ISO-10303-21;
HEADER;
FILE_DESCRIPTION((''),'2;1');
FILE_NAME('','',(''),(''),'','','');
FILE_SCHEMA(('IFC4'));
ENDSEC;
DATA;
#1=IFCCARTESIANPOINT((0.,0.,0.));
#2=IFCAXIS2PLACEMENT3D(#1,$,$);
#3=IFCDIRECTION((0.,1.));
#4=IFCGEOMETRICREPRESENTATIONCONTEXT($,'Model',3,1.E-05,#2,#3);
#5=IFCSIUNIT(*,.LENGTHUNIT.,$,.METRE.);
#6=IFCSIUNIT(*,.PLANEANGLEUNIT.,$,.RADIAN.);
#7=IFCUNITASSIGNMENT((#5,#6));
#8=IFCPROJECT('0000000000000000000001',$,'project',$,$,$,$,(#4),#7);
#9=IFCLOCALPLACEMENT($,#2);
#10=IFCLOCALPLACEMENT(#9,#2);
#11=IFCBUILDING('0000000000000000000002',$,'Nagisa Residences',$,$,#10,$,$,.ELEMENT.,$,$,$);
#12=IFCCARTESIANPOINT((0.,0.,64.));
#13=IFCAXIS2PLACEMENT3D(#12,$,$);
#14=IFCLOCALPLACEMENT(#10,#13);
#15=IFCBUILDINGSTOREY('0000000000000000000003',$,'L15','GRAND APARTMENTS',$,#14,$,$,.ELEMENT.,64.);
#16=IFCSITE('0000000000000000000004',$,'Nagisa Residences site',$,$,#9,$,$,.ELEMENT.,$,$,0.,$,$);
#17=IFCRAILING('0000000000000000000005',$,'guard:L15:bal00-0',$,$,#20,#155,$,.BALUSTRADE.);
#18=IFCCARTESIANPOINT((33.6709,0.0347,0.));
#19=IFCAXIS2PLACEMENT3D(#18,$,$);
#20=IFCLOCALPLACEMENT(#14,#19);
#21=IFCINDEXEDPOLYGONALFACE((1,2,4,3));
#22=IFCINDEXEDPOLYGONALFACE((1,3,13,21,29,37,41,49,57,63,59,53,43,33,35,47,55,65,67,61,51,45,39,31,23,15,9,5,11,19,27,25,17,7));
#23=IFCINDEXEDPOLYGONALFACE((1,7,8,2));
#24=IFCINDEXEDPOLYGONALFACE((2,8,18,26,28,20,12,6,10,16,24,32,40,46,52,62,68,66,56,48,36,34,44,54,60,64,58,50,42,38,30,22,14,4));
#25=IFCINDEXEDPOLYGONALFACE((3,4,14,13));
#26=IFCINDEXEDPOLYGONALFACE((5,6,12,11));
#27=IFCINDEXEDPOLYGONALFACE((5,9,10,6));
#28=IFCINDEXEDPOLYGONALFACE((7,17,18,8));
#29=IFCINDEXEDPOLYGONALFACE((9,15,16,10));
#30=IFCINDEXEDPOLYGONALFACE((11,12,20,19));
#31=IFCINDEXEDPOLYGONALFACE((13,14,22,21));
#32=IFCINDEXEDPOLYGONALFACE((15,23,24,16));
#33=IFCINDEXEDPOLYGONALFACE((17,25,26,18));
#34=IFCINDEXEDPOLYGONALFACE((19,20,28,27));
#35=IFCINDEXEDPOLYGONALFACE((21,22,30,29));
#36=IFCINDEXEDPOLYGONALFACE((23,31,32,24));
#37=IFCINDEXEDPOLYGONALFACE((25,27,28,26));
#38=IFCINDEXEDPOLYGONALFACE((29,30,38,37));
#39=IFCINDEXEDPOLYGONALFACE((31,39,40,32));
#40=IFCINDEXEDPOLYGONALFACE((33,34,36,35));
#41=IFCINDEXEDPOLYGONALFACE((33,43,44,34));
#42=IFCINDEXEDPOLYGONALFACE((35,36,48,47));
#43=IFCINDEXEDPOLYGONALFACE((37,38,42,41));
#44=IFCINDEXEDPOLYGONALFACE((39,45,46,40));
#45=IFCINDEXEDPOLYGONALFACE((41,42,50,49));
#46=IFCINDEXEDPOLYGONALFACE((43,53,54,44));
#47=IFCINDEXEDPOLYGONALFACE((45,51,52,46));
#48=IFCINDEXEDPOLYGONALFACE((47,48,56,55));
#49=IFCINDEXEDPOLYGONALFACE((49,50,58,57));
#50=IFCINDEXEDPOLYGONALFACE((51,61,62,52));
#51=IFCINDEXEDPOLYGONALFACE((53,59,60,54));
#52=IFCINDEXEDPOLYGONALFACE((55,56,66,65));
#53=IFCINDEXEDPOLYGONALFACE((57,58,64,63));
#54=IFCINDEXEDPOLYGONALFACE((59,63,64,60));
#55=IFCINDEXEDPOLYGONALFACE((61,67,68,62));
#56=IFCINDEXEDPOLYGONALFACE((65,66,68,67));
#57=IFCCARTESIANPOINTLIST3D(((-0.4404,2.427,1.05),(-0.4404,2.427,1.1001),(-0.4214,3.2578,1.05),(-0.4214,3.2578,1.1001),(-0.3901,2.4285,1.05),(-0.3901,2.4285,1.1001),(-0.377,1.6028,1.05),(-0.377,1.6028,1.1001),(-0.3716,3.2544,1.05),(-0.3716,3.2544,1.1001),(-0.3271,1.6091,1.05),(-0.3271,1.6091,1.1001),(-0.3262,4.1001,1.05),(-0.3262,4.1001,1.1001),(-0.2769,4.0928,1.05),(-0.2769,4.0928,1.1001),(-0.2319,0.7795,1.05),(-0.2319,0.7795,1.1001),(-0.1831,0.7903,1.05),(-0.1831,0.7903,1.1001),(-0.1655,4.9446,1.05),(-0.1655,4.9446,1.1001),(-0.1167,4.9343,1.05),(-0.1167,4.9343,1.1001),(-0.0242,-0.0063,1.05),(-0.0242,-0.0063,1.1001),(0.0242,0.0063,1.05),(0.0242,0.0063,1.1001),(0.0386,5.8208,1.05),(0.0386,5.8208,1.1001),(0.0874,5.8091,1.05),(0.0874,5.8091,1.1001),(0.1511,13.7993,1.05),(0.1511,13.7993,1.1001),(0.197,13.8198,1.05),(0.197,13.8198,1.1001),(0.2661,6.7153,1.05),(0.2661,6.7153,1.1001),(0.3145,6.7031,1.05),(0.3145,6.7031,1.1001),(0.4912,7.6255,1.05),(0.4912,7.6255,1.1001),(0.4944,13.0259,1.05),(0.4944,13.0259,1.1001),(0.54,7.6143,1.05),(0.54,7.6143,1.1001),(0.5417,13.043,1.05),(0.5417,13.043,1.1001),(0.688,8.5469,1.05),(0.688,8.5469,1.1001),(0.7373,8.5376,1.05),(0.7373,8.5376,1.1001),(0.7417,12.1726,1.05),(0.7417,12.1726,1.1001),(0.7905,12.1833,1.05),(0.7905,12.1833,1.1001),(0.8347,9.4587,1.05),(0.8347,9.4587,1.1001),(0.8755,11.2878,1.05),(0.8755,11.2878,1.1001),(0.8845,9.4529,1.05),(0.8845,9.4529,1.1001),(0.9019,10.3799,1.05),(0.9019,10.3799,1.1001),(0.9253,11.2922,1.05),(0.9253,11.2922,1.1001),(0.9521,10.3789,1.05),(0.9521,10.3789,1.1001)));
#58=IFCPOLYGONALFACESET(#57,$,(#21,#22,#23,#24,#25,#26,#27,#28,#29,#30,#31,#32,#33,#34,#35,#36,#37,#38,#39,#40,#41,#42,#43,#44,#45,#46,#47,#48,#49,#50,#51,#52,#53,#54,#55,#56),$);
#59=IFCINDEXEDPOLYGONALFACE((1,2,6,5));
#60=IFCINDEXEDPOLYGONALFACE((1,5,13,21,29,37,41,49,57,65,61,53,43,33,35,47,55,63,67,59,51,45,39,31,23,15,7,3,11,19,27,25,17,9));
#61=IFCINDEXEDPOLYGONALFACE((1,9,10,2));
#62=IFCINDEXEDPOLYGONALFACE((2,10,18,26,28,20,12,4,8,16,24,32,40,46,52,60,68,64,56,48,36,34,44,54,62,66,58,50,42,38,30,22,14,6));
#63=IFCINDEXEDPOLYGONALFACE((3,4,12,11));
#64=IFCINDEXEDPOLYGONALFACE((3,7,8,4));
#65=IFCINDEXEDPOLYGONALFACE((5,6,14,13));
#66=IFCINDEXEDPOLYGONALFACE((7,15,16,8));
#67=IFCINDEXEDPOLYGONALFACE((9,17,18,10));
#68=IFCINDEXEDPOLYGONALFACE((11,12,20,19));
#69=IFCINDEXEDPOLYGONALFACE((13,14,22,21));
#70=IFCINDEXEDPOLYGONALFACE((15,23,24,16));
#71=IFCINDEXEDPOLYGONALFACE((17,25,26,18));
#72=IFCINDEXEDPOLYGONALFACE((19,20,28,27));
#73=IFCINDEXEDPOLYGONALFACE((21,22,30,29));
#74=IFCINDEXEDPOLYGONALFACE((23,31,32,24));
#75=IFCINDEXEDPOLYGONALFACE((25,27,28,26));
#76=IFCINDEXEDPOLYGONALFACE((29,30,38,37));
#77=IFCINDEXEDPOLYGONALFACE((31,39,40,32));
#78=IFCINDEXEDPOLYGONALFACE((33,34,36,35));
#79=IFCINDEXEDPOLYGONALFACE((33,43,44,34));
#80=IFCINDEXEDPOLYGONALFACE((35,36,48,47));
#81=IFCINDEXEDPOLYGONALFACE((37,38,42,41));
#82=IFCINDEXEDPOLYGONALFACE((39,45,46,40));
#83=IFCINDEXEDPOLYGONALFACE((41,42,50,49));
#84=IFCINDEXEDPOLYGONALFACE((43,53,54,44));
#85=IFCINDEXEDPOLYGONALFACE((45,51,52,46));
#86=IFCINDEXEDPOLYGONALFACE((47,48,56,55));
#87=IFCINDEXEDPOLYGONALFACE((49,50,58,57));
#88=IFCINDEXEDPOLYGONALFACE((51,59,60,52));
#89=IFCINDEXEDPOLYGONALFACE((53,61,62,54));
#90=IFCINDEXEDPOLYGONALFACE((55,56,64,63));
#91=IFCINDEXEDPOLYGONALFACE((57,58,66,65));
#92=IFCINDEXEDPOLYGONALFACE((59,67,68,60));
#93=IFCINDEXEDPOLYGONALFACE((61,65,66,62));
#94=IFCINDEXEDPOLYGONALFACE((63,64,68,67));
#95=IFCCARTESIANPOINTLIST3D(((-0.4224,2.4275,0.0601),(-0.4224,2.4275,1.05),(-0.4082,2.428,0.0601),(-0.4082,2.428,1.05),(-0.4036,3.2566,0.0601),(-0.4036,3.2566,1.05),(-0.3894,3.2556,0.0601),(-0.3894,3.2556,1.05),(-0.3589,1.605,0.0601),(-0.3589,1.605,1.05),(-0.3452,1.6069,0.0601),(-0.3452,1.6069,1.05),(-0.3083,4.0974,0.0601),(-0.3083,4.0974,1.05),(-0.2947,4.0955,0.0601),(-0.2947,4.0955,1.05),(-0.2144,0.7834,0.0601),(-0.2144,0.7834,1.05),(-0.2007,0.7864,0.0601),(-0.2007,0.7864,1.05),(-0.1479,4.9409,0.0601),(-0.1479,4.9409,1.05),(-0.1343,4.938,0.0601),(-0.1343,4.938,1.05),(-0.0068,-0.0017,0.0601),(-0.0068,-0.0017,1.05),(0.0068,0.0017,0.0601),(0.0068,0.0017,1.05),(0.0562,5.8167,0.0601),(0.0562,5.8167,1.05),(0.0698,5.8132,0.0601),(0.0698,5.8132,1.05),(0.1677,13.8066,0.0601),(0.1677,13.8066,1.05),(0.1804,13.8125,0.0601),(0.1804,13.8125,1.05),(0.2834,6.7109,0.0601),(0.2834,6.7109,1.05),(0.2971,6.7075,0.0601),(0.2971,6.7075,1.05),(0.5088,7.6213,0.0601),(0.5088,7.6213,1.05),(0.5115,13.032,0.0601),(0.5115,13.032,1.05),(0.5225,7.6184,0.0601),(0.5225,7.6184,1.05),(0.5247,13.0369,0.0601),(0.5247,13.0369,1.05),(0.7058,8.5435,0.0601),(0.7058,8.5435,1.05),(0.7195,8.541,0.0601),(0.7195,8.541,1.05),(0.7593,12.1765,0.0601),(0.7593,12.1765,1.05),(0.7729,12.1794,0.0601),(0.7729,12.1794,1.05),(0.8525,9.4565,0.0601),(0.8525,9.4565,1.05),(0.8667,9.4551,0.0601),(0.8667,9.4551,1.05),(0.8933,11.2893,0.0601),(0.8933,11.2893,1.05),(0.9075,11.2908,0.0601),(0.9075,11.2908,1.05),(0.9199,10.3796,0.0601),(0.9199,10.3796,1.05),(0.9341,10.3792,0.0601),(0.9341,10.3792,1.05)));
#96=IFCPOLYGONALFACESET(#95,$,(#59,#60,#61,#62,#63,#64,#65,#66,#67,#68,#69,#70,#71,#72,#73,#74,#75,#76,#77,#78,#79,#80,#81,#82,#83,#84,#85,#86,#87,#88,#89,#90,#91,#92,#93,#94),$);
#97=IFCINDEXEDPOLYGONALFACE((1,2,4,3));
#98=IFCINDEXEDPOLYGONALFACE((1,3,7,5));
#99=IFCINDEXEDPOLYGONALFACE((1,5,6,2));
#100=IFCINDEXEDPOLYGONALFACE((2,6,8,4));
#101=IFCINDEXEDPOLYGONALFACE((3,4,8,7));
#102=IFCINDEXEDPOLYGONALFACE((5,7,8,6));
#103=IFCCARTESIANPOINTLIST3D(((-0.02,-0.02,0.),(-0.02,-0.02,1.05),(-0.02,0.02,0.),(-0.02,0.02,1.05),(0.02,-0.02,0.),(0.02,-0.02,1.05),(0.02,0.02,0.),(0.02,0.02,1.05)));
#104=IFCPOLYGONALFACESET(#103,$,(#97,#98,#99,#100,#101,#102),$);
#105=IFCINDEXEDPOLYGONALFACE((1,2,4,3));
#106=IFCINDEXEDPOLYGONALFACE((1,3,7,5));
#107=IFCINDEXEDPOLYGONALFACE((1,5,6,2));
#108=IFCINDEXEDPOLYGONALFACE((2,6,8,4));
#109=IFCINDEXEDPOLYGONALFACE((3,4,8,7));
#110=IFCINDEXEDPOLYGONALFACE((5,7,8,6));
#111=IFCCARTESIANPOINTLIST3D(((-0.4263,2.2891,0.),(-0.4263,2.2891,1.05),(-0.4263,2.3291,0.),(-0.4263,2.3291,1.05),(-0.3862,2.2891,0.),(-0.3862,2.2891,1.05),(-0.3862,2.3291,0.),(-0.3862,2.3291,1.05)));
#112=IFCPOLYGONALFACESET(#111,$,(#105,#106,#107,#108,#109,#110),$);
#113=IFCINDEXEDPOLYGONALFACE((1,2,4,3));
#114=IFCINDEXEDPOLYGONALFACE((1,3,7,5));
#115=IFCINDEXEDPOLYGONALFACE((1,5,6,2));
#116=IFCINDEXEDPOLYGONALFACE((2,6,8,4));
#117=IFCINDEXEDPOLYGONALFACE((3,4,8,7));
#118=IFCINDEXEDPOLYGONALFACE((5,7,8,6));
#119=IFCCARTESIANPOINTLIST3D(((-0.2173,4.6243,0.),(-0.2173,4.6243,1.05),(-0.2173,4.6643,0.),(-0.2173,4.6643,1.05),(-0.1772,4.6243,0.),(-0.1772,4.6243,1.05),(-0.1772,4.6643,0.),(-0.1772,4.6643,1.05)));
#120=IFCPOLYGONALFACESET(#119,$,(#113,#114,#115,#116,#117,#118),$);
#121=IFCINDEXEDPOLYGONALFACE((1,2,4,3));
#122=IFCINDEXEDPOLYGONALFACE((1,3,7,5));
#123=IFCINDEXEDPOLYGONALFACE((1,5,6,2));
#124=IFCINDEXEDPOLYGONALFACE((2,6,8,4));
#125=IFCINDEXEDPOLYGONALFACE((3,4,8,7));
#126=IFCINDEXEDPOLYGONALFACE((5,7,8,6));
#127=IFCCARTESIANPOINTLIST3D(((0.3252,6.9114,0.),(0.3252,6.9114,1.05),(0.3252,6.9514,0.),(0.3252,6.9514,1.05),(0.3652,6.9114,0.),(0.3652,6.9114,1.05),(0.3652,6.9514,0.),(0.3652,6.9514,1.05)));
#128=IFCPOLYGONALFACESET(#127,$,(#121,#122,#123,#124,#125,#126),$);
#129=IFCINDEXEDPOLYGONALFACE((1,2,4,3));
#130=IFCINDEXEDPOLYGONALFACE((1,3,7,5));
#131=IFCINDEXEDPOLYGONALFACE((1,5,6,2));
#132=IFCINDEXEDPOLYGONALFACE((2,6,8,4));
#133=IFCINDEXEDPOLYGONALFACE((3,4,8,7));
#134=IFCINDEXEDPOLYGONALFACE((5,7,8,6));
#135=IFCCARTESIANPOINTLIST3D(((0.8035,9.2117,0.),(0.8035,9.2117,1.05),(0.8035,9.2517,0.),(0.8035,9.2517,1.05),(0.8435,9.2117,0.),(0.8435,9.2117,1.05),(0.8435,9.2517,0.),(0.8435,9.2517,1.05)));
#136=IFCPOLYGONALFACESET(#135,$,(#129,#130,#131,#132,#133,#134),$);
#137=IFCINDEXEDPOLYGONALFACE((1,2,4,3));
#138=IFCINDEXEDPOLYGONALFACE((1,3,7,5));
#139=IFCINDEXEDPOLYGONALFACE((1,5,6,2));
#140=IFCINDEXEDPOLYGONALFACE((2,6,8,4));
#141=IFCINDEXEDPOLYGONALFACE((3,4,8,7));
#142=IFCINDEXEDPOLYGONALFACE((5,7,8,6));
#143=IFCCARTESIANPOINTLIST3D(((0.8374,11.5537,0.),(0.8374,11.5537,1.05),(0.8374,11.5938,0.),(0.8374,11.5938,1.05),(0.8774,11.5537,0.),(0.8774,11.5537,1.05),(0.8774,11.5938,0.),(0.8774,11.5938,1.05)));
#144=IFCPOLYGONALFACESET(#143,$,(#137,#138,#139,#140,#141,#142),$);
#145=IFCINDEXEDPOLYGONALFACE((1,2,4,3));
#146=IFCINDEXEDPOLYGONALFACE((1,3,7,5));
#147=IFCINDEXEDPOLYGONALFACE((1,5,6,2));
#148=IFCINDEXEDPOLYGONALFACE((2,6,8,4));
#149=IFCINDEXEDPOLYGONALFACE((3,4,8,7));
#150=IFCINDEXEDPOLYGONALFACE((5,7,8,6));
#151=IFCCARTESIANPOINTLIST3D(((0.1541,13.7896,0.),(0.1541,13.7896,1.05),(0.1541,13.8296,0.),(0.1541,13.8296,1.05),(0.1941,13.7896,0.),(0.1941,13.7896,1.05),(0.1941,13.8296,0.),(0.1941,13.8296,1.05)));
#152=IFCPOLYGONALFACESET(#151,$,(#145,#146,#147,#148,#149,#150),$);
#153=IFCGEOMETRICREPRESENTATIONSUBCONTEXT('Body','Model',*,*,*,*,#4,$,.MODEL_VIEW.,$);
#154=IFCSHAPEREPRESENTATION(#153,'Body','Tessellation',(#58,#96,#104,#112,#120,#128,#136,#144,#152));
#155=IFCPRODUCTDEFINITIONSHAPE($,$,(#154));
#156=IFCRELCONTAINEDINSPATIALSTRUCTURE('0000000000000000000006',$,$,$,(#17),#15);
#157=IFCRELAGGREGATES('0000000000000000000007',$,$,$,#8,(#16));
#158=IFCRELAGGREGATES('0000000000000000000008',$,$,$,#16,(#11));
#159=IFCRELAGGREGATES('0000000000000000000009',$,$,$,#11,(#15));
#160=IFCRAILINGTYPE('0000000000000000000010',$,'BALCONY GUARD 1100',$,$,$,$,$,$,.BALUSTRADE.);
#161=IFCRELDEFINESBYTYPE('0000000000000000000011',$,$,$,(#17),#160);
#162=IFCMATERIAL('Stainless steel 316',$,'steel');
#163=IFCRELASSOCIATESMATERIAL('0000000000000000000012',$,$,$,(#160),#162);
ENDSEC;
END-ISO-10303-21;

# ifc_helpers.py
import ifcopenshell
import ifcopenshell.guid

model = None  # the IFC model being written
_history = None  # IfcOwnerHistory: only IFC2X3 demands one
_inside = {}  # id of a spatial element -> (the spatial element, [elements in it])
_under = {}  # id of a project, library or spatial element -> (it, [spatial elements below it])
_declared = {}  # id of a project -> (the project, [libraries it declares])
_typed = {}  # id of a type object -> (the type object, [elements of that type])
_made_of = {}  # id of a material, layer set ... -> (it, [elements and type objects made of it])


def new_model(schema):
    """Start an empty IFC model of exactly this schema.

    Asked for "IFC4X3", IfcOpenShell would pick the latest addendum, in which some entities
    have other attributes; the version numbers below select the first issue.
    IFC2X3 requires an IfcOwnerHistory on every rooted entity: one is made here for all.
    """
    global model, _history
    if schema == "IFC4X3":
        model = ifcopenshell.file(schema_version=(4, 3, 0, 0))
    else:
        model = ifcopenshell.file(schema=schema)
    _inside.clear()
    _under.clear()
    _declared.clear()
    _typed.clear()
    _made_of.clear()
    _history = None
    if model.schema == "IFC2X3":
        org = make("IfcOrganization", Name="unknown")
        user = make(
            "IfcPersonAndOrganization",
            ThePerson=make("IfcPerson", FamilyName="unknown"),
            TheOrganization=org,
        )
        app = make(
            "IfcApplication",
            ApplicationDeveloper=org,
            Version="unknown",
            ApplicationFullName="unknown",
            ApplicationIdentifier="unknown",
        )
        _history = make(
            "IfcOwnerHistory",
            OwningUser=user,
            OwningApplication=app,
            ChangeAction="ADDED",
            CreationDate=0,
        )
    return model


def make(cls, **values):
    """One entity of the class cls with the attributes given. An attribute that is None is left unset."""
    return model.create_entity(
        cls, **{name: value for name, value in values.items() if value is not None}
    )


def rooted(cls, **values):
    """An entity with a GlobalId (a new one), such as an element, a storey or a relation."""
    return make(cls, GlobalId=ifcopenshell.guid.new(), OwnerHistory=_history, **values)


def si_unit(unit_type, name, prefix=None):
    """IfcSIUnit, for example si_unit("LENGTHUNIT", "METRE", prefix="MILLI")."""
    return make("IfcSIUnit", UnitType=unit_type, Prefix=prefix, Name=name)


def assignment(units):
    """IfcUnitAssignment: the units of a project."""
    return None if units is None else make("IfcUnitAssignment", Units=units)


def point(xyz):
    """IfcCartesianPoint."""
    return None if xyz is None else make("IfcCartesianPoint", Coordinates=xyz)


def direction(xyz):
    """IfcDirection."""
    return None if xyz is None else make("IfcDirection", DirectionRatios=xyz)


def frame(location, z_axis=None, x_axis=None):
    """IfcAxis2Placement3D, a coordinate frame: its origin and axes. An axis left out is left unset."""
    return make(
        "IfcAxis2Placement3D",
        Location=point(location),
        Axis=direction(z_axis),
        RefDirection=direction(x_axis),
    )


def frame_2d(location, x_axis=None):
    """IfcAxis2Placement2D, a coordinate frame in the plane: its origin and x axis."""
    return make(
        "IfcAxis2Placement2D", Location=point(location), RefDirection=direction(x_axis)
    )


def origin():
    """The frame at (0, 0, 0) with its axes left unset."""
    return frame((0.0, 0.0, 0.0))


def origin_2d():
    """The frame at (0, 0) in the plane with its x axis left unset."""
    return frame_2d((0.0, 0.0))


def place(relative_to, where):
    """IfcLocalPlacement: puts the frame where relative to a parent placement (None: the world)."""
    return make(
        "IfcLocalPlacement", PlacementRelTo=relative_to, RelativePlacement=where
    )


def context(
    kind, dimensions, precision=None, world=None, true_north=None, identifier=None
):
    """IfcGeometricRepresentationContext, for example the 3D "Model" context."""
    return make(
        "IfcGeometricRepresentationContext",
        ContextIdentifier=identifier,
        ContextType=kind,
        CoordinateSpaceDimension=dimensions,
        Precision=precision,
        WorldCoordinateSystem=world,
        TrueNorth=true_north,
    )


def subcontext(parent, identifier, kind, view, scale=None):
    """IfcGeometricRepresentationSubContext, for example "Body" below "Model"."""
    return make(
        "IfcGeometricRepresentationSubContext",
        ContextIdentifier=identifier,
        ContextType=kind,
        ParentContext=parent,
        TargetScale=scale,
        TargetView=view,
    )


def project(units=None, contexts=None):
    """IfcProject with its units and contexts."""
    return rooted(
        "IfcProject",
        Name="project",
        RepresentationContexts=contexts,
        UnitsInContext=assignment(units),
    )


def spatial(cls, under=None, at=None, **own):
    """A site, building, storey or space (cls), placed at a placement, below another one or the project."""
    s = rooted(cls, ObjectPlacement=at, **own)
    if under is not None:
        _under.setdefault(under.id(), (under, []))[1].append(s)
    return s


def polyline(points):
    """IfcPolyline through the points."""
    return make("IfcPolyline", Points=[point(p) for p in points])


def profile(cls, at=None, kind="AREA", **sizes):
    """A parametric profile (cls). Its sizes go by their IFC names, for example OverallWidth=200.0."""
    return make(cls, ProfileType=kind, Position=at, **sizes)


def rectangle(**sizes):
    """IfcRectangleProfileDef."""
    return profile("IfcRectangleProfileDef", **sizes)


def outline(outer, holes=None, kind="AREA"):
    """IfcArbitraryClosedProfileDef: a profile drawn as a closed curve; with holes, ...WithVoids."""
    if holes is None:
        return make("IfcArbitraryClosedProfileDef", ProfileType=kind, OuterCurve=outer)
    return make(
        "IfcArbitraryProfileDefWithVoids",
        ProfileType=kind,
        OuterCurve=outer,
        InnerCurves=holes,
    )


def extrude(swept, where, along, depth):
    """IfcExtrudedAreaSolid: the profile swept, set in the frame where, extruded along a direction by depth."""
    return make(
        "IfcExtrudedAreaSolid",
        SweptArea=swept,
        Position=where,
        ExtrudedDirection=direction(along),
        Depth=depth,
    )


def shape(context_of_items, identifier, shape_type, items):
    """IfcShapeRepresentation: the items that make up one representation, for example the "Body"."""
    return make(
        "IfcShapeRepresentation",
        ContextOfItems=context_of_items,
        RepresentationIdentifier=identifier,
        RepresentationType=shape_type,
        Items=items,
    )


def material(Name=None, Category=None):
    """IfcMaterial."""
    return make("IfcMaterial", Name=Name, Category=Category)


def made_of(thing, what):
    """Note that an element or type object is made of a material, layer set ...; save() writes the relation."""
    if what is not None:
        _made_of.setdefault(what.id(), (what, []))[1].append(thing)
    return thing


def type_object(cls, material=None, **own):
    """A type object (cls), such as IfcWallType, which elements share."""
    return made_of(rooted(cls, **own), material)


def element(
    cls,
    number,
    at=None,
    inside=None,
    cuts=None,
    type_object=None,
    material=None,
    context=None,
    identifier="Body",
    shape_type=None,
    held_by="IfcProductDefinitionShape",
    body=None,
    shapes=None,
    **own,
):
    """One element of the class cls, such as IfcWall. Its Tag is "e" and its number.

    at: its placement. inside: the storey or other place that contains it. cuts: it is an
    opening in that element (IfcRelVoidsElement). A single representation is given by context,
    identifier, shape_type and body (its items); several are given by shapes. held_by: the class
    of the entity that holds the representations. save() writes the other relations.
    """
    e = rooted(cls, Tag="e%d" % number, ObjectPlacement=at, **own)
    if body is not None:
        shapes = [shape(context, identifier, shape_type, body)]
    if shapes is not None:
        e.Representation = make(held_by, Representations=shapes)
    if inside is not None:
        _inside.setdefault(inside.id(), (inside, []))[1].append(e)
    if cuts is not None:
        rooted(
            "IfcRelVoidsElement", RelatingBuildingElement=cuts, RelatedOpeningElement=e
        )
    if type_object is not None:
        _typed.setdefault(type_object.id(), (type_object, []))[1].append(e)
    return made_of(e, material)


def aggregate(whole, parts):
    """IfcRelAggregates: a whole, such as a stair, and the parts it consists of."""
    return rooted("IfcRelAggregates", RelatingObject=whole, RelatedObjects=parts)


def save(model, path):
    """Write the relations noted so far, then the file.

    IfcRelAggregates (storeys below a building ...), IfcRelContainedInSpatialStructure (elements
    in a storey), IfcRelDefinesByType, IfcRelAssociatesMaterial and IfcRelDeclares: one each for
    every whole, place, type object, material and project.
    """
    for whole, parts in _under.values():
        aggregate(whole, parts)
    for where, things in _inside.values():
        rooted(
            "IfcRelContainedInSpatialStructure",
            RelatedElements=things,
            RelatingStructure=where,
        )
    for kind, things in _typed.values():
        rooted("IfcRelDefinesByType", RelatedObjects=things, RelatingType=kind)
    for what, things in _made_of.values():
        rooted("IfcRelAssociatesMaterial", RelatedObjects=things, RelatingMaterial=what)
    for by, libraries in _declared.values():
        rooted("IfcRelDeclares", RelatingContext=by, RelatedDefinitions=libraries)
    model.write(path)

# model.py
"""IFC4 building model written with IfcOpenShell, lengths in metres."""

from ifc_helpers import new_model, si_unit, direction, frame, origin, origin_2d, place, context, subcontext, project, spatial, polyline, rectangle, outline, extrude, material, type_object, element, save


model = new_model("IFC4")

# Units and contexts
model_context = context("Model", 3, precision=1e-05, world=origin(), true_north=direction((0.0, 1.0)))
body_context = subcontext(model_context, "Body", "Model", "MODEL_VIEW")
ifc_project = project(units=[si_unit("LENGTHUNIT", "METRE"), si_unit("PLANEANGLEUNIT", "RADIAN")], contexts=[model_context])

# Site, building, storey
site_placement = place(None, origin())
site = spatial("IfcSite", under=ifc_project, at=site_placement, Name="Nagisa Residences site", CompositionType="ELEMENT", RefElevation=0.0)
building_placement = place(site_placement, origin())
building = spatial("IfcBuilding", under=site, at=building_placement, Name="Nagisa Residences", CompositionType="ELEMENT")
storey_placement = place(building_placement, frame((0.0, 0.0, 64.0)))
storey = spatial("IfcBuildingStorey", under=building, at=storey_placement, Name="L15", Description="GRAND APARTMENTS", CompositionType="ELEMENT", Elevation=64.0)

# Railing
ifc_material_1 = material(Name="Stainless steel 316", Category="steel")
railing_type = type_object("IfcRailingType", Name="BALCONY GUARD 1100", PredefinedType="BALUSTRADE", material=ifc_material_1)
railing_1_placement = place(storey_placement, frame((33.6709, 0.0347, 0.0)))
element("IfcRailing", 1, at=railing_1_placement, inside=storey, type_object=railing_type, Name="guard:L15:bal00-0", PredefinedType="BALUSTRADE", context=body_context, shape_type="SweptSolid", body=[
    extrude(outline(polyline([(-0.2319, 0.7795), (-0.0242, -0.0063), (0.0242, 0.0063), (-0.1831, 0.7903), (-0.3271, 1.6091), (-0.3901, 2.4285), (-0.3716, 3.2544), (-0.2769, 4.0928), (-0.1167, 4.9343), (0.0874, 5.8091), (0.3145, 6.7031), (0.54, 7.6143), (0.7373, 8.5376), (0.8845, 9.4529), (0.9521, 10.3789), (0.9253, 11.2922), (0.7905, 12.1833), (0.5417, 13.043), (0.197, 13.8198), (0.1511, 13.7993), (0.4944, 13.0259), (0.7417, 12.1726), (0.8755, 11.2878), (0.9019, 10.3799), (0.8347, 9.4587), (0.688, 8.5469), (0.4912, 7.6255), (0.2661, 6.7153), (0.0386, 5.8208), (-0.1655, 4.9446), (-0.3262, 4.1001), (-0.4214, 3.2578), (-0.4404, 2.427), (-0.377, 1.6028), (-0.2319, 0.7795)])), frame((0.0, 0.0, 1.05)), (0.0, 0.0, 1.0), 0.05),
    extrude(outline(polyline([(-0.2144, 0.7834), (-0.0068, -0.0017), (0.0068, 0.0017), (-0.2007, 0.7864), (-0.3452, 1.6069), (-0.4082, 2.428), (-0.3894, 3.2556), (-0.2947, 4.0955), (-0.1343, 4.938), (0.0698, 5.8132), (0.2971, 6.7075), (0.5225, 7.6184), (0.7195, 8.541), (0.8667, 9.4551), (0.9341, 10.3792), (0.9075, 11.2908), (0.7729, 12.1794), (0.5247, 13.0369), (0.1804, 13.8125), (0.1677, 13.8066), (0.5115, 13.032), (0.7593, 12.1765), (0.8933, 11.2893), (0.9199, 10.3796), (0.8525, 9.4565), (0.7058, 8.5435), (0.5088, 7.6213), (0.2834, 6.7109), (0.0562, 5.8167), (-0.1479, 4.9409), (-0.3083, 4.0974), (-0.4036, 3.2566), (-0.4224, 2.4275), (-0.3589, 1.605), (-0.2144, 0.7834)])), frame((0.0, 0.0, 0.0601)), (0.0, 0.0, 1.0), 0.99),
    extrude(rectangle(XDim=0.04, YDim=0.04, at=origin_2d()), origin(), (0.0, 0.0, 1.0), 1.05),
    extrude(rectangle(XDim=0.04, YDim=0.04, at=origin_2d()), frame((-0.4062, 2.3091, 0.0)), (0.0, 0.0, 1.0), 1.05),
    extrude(rectangle(XDim=0.04, YDim=0.04, at=origin_2d()), frame((-0.1973, 4.6443, 0.0)), (0.0, 0.0, 1.0), 1.05),
    extrude(rectangle(XDim=0.04, YDim=0.04, at=origin_2d()), frame((0.3452, 6.9314, 0.0)), (0.0, 0.0, 1.0), 1.05),
    extrude(rectangle(XDim=0.04, YDim=0.04, at=origin_2d()), frame((0.8235, 9.2317, 0.0)), (0.0, 0.0, 1.0), 1.05),
    extrude(rectangle(XDim=0.04, YDim=0.04, at=origin_2d()), frame((0.8574, 11.5737, 0.0)), (0.0, 0.0, 1.0), 1.05),
    extrude(rectangle(XDim=0.04, YDim=0.04, at=origin_2d()), frame((0.1741, 13.8096, 0.0)), (0.0, 0.0, 1.0), 1.05),
])

save(model, "model.ifc")
